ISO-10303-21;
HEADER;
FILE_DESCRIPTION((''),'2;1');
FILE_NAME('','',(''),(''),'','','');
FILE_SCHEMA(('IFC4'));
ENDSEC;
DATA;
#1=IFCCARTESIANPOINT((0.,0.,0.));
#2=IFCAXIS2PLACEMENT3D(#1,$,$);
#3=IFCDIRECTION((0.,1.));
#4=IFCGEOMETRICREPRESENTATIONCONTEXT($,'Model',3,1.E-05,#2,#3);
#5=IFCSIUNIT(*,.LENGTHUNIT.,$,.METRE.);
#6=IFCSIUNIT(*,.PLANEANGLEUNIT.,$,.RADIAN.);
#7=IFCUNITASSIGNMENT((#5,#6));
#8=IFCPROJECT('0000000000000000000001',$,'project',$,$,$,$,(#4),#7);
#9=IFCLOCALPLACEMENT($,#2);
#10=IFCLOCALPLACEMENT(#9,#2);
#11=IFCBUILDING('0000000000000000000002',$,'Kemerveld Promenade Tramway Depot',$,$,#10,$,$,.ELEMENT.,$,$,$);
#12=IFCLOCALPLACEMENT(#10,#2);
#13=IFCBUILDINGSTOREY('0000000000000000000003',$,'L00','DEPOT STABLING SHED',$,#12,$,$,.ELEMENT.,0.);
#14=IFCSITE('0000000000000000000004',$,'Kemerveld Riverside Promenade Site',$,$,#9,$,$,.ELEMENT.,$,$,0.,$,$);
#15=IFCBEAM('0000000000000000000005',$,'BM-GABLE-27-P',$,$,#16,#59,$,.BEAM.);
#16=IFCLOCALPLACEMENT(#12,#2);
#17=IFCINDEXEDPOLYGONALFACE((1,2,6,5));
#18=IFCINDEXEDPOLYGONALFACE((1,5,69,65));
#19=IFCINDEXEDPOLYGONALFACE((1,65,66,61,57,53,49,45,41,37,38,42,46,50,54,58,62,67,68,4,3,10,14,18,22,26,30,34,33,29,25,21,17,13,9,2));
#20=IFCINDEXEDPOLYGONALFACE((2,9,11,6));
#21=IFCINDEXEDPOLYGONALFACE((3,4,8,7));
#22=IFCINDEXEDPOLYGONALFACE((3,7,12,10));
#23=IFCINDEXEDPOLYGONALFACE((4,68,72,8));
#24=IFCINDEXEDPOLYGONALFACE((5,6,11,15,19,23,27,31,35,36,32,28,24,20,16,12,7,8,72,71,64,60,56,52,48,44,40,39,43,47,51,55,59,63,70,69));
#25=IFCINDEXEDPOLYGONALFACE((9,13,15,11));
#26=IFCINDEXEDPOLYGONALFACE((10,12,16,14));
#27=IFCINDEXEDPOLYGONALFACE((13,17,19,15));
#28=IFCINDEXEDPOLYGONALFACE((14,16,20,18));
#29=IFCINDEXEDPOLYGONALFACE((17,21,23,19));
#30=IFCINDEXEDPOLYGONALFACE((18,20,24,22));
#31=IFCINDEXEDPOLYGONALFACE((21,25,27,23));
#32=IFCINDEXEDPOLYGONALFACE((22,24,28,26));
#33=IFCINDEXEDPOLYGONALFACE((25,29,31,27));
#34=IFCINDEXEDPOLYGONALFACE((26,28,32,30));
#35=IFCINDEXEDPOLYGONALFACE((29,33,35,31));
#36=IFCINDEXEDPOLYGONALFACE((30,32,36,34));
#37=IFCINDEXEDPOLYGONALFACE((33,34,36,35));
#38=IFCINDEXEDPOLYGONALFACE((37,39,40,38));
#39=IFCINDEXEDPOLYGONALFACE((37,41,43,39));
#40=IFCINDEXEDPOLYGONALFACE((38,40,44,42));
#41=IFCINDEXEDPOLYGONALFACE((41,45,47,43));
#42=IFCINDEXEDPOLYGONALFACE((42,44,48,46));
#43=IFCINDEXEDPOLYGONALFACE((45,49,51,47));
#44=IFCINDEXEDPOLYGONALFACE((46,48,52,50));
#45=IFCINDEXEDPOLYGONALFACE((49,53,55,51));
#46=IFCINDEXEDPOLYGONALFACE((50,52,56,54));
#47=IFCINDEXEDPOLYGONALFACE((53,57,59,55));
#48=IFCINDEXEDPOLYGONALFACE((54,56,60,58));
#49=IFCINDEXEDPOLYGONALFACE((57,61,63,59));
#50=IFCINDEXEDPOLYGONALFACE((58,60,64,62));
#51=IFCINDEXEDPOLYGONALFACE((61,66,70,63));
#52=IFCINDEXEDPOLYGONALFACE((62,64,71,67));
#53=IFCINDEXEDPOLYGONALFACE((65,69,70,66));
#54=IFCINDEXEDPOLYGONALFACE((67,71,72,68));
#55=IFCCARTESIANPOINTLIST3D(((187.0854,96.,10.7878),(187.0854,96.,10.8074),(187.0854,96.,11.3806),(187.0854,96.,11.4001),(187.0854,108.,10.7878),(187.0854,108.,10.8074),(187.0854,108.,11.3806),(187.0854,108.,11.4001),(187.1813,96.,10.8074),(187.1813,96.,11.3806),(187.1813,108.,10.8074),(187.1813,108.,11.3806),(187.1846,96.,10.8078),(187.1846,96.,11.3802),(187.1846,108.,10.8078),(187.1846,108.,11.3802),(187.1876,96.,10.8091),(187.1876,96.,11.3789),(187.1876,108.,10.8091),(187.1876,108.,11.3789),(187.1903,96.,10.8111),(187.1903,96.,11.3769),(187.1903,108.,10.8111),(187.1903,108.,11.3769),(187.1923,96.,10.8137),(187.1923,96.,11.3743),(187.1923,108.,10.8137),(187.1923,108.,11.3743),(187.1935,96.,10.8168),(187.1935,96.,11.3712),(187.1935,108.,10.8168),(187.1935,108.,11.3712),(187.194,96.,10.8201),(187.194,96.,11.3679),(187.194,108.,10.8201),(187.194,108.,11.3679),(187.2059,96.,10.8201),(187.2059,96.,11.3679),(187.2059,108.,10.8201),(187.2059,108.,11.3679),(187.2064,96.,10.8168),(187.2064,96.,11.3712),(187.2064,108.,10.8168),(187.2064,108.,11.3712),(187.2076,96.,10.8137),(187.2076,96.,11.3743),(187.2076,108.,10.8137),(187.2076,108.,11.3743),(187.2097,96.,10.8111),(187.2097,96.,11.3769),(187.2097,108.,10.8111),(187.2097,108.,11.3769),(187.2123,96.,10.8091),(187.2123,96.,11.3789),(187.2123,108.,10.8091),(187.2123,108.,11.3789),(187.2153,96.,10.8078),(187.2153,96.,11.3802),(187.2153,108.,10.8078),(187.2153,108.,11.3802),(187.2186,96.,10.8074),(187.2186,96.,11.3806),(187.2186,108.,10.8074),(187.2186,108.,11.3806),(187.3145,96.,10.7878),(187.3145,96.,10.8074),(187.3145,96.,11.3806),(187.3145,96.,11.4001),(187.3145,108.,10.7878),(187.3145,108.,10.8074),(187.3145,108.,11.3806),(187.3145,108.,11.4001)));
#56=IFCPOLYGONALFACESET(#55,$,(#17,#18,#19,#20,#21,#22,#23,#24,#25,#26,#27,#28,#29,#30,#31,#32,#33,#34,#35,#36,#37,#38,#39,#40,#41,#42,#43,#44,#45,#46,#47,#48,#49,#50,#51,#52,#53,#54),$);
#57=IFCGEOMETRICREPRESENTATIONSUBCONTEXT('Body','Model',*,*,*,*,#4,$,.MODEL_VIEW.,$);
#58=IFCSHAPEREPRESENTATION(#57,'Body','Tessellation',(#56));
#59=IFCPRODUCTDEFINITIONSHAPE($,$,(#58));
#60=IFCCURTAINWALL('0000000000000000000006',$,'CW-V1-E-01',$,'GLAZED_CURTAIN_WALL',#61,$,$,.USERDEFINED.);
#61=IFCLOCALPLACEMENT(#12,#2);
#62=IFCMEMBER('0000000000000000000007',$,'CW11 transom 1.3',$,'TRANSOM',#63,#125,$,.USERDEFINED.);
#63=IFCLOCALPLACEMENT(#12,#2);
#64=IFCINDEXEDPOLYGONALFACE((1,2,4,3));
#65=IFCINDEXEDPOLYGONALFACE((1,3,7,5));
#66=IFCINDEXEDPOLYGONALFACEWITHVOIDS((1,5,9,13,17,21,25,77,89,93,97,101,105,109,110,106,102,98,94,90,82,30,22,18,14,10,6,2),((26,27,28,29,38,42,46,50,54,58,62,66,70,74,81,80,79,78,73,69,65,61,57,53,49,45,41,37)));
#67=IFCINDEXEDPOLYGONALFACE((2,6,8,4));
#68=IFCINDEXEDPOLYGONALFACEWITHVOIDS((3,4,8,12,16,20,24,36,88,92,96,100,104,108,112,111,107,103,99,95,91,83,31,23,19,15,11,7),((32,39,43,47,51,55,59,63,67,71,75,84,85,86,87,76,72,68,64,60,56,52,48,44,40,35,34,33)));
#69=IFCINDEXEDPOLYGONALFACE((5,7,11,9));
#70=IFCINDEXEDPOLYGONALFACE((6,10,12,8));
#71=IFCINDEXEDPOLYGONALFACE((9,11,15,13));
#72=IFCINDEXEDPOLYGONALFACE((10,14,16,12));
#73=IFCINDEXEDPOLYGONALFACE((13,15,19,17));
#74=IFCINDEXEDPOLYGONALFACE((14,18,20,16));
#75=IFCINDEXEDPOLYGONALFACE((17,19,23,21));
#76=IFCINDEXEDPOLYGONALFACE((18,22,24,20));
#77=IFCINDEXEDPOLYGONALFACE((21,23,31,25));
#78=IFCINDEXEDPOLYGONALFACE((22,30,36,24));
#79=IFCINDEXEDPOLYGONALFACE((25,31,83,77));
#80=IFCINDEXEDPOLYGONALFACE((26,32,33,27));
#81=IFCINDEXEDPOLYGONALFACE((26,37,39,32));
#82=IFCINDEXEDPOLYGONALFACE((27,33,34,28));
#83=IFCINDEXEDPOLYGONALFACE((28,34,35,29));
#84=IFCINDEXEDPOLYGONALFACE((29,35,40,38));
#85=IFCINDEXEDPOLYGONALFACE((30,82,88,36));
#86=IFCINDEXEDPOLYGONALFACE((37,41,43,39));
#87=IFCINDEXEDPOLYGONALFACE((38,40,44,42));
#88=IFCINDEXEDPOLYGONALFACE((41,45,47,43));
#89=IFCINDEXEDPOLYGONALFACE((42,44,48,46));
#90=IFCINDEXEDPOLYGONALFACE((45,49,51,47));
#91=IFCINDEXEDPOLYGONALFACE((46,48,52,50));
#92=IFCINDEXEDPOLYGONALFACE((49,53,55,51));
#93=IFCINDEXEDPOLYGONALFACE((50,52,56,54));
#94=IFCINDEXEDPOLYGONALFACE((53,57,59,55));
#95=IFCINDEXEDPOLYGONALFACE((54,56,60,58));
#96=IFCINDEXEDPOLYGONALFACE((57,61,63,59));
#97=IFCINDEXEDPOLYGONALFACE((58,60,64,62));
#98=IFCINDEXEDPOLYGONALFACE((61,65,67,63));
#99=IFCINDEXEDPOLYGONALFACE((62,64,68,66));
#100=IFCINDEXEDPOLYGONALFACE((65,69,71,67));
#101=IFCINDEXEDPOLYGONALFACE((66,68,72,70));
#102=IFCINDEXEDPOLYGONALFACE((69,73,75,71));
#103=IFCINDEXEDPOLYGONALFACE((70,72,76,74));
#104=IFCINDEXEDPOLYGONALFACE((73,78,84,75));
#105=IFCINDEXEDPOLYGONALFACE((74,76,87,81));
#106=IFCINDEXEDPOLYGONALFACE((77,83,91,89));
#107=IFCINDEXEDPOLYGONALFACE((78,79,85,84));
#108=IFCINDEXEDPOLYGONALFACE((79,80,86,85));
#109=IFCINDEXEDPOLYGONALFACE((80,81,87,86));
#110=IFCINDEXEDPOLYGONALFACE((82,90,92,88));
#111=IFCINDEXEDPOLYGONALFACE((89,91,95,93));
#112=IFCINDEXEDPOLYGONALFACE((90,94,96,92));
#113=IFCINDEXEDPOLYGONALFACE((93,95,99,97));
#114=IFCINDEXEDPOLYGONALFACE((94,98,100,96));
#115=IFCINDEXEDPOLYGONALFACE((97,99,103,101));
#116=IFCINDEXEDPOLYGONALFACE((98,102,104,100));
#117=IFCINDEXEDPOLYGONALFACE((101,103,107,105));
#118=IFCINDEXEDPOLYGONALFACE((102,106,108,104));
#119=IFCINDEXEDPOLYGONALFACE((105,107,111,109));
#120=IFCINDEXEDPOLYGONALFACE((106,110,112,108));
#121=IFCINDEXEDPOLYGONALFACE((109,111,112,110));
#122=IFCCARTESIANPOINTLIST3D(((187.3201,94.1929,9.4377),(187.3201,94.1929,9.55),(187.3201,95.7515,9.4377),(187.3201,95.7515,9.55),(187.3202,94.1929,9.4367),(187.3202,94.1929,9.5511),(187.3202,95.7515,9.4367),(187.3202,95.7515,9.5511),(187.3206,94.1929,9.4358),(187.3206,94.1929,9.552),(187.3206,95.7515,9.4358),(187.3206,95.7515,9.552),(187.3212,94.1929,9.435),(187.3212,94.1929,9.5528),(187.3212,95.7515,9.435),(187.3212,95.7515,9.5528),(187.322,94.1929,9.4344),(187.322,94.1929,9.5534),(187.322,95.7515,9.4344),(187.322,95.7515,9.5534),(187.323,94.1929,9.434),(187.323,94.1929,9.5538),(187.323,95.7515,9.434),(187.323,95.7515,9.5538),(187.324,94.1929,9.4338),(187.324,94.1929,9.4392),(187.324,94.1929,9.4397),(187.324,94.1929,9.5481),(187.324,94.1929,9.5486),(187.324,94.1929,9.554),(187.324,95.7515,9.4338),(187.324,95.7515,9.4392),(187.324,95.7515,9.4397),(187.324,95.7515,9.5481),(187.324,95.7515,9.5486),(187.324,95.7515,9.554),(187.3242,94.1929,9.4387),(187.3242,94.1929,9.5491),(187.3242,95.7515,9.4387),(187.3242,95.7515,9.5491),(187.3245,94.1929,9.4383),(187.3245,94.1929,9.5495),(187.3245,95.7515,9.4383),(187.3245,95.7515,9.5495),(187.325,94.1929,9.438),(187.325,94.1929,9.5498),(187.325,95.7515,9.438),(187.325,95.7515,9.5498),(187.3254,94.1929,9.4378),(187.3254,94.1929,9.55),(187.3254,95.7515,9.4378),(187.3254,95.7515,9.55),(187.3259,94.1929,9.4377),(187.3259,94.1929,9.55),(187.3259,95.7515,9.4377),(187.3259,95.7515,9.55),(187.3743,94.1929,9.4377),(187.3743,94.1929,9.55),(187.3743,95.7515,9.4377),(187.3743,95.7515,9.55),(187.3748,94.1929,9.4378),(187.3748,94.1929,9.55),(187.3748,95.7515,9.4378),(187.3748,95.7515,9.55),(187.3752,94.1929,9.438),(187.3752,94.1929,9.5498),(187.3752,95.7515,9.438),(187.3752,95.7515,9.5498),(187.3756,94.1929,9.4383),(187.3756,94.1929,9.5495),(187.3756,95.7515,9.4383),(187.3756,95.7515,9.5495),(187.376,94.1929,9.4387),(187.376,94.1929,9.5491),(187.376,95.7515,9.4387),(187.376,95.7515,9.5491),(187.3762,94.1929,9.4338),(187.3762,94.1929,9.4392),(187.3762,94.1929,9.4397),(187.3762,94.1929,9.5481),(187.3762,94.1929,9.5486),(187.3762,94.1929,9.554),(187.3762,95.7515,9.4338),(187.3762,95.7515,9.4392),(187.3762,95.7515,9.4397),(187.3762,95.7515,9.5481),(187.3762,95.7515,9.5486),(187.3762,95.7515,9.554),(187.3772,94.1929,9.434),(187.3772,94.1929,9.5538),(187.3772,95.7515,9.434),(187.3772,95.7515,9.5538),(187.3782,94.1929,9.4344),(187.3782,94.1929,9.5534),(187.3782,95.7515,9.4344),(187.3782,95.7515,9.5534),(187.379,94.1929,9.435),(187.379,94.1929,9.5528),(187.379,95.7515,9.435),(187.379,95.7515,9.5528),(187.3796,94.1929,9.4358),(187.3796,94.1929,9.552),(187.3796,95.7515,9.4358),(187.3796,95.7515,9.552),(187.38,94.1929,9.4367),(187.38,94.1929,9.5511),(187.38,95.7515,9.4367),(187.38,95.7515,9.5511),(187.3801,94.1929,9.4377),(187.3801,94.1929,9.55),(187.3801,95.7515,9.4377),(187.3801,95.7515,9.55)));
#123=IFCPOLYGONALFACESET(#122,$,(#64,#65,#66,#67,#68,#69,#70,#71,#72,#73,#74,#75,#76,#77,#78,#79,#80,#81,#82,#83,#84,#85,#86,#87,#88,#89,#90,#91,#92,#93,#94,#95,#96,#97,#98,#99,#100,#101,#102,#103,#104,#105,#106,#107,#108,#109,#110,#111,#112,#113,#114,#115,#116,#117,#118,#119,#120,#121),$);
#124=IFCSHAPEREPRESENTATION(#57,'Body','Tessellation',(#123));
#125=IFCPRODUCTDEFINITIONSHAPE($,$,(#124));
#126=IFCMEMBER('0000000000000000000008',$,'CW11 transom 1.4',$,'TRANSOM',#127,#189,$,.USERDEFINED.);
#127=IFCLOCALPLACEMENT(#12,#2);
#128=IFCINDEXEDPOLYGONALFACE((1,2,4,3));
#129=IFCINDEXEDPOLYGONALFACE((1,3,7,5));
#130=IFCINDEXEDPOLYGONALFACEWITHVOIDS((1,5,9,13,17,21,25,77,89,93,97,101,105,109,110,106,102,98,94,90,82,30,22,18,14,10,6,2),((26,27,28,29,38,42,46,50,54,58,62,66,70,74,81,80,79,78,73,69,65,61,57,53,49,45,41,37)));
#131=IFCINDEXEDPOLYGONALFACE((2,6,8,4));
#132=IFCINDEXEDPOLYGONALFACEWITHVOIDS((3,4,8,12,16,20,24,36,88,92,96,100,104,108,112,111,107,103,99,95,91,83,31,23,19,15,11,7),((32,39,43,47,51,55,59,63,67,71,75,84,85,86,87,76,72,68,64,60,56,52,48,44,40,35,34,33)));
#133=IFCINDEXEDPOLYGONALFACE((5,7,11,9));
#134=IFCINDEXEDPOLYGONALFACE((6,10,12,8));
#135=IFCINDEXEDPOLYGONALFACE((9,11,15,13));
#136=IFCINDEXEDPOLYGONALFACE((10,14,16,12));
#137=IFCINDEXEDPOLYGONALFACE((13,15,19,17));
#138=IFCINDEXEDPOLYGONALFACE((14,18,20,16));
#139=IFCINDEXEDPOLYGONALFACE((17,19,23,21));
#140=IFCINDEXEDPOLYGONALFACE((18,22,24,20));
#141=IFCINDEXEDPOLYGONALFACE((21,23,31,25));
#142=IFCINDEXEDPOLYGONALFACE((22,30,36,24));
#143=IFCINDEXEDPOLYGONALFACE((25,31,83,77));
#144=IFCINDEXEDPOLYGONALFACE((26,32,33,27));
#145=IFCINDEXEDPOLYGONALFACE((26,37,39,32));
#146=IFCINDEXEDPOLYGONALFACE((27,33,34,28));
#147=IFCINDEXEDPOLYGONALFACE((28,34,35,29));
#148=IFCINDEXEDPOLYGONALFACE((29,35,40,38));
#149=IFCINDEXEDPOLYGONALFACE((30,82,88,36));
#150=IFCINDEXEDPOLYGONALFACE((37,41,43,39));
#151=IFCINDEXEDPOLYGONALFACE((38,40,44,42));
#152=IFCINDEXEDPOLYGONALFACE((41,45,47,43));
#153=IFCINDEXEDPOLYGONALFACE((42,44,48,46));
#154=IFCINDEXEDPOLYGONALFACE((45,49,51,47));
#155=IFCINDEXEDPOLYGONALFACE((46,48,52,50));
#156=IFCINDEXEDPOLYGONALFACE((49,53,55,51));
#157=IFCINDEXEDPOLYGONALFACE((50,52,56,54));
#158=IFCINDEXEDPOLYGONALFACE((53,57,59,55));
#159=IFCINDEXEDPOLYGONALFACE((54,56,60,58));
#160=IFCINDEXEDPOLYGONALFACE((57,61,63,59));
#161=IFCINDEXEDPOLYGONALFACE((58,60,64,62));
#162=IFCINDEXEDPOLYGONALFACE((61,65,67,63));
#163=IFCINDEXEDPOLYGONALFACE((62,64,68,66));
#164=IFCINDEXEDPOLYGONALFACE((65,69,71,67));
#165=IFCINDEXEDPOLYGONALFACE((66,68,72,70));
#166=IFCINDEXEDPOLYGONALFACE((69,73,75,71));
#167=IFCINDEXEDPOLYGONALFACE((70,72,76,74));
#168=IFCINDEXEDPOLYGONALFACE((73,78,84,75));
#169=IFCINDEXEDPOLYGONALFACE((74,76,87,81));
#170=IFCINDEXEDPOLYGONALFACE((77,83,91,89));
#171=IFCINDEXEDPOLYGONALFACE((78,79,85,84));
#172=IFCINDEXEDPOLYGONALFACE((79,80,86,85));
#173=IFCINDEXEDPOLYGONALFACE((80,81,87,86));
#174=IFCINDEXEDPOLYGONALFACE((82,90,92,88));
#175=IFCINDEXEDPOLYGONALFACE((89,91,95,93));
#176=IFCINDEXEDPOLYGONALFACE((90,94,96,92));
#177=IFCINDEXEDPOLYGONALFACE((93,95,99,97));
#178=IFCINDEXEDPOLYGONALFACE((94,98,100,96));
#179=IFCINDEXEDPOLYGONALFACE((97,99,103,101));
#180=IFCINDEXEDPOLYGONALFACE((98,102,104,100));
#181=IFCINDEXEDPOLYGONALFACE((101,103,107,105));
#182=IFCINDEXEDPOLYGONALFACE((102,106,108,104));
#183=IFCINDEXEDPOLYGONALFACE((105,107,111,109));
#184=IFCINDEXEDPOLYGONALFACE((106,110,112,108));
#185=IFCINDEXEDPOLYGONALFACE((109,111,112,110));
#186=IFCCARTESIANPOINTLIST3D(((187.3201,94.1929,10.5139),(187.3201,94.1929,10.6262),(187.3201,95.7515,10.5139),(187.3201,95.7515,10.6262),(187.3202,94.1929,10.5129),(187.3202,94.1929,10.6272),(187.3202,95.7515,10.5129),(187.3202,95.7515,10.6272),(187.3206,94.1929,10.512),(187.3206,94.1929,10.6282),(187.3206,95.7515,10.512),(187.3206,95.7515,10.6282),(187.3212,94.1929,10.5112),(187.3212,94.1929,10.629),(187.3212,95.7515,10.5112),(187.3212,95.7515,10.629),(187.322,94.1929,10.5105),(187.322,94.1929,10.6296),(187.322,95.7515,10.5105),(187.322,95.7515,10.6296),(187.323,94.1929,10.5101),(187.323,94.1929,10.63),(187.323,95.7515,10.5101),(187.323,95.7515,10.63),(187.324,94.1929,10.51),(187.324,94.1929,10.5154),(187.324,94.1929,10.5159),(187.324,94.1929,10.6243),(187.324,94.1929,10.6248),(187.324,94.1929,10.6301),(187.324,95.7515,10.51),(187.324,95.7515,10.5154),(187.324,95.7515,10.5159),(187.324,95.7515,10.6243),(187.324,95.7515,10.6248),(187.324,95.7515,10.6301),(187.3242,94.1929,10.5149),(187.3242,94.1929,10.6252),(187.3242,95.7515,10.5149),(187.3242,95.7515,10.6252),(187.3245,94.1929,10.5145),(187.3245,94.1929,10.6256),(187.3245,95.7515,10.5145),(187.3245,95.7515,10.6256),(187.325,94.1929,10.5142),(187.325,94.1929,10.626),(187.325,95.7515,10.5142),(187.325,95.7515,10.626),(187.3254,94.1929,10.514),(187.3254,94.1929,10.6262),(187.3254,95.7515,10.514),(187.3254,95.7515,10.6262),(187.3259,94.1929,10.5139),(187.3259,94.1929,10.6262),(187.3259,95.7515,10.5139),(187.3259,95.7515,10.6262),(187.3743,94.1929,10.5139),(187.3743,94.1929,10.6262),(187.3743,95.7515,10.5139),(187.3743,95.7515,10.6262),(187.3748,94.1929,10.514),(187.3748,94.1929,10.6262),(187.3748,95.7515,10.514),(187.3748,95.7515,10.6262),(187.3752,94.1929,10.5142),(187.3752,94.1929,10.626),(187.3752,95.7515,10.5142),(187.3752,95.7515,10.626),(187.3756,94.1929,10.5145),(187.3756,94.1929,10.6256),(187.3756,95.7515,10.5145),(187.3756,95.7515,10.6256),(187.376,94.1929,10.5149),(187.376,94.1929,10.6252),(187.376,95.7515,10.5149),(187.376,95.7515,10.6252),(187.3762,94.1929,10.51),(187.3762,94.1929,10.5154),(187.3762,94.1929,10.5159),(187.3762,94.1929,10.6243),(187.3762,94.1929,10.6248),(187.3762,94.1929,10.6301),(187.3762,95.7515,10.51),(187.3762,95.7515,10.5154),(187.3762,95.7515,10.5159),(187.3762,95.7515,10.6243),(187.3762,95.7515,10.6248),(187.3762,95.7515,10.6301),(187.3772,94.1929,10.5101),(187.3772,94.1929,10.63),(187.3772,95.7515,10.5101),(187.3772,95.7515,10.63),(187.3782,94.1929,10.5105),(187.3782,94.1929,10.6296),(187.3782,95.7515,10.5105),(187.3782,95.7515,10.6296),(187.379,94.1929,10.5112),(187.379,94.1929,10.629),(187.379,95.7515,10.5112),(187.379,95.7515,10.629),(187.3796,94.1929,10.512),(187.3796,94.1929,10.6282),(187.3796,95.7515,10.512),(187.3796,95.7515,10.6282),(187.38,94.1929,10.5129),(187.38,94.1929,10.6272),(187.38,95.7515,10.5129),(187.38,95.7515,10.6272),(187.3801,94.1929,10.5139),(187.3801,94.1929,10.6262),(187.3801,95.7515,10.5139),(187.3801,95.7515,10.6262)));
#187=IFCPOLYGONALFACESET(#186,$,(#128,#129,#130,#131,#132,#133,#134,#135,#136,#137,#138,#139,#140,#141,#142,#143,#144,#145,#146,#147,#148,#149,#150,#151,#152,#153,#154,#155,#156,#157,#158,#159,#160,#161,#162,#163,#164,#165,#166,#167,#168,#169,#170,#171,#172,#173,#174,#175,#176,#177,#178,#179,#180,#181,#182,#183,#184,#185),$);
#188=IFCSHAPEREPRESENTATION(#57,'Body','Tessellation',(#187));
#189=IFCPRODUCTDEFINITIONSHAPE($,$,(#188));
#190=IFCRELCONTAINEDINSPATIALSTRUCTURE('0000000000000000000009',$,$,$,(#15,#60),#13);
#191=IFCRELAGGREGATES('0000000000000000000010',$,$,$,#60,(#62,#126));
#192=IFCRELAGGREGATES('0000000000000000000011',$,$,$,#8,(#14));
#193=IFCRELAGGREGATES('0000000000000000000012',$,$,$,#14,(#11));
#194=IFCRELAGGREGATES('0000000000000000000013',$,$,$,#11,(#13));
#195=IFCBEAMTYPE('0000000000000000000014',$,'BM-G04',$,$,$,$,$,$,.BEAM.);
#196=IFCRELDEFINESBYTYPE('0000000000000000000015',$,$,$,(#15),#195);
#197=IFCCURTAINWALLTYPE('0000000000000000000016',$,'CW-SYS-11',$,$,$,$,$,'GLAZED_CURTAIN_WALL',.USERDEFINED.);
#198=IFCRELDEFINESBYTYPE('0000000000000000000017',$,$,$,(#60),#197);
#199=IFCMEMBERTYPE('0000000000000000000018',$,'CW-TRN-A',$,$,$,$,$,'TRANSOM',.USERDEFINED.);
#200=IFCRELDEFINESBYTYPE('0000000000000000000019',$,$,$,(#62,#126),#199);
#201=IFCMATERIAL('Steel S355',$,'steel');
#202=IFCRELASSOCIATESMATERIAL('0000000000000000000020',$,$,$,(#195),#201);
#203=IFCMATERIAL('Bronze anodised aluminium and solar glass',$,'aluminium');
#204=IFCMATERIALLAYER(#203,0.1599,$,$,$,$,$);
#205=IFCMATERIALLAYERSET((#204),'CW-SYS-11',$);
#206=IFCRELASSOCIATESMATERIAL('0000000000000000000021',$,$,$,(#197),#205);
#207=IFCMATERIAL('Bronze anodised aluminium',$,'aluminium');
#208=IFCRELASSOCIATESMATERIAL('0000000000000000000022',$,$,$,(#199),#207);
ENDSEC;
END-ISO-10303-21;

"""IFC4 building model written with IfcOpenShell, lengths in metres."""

from ifc_helpers import new_model, si_unit, direction, frame, origin, origin_2d, place, context, subcontext, project, spatial, hollow_rectangle, i_section, extrude, material, layer, layer_set, material_profile, profile_set, type_object, element, aggregate, save


model = new_model("IFC4")

# Units and contexts
model_context = context("Model", 3, precision=1e-05, world=origin(), true_north=direction((0.0, 1.0)))
body_context = subcontext(model_context, "Body", "Model", "MODEL_VIEW")
ifc_project = project(units=[si_unit("LENGTHUNIT", "METRE"), si_unit("PLANEANGLEUNIT", "RADIAN")], contexts=[model_context])

# Site, building, storey
site_placement = place(None, origin())
site = spatial("IfcSite", under=ifc_project, at=site_placement, Name="Kemerveld Riverside Promenade Site", CompositionType="ELEMENT", RefElevation=0.0)
building_placement = place(site_placement, origin())
building = spatial("IfcBuilding", under=site, at=building_placement, Name="Kemerveld Promenade Tramway Depot", CompositionType="ELEMENT")
storey_placement = place(building_placement, origin())
storey = spatial("IfcBuildingStorey", under=building, at=storey_placement, Name="L00", Description="DEPOT STABLING SHED", CompositionType="ELEMENT", Elevation=0.0)

# Beam
ifc_material_1 = material(Name="Steel S355", Category="steel")
ifc_material_profile_1 = material_profile(ifc_material_1, i_section(OverallWidth=0.229, OverallDepth=0.6123, WebThickness=0.012, FlangeThickness=0.0195, FilletRadius=0.0127, at=origin_2d()), Name="610x229x125 UB")
ifc_profile_set_1 = profile_set([ifc_material_profile_1], Name="Steel S355")
beam_type = type_object("IfcBeamType", Name="BM-G04", PredefinedType="BEAM", material=ifc_profile_set_1)
beam_placement = place(storey_placement, frame((187.2, 96.0, 11.094), z_axis=(0.0, 1.0, 0.0), x_axis=(-1.0, 0.0, 0.0)))
element("IfcBeam", 1, at=beam_placement, inside=storey, type_object=beam_type, Name="BM-GABLE-27-P", PredefinedType="BEAM", context=body_context, shape_type="SweptSolid", body=[
    extrude(i_section(OverallWidth=0.229, OverallDepth=0.6123, WebThickness=0.012, FlangeThickness=0.0195, FilletRadius=0.0127, at=origin_2d()), origin(), (0.0, 0.0, 1.0), 12.0),
])

# Curtain wall, members
ifc_material_2 = material(Name="Bronze anodised aluminium and solar glass", Category="aluminium")
ifc_layer_1 = layer(ifc_material_2, 0.1599)
ifc_layer_set_1 = layer_set([ifc_layer_1], Name="CW-SYS-11")
curtain_wall_type = type_object("IfcCurtainWallType", Name="CW-SYS-11", ElementType="GLAZED_CURTAIN_WALL", PredefinedType="USERDEFINED", material=ifc_layer_set_1)
curtain_wall_placement = place(storey_placement, origin())
curtain_wall = element("IfcCurtainWall", 2, at=curtain_wall_placement, inside=storey, type_object=curtain_wall_type, Name="CW-V1-E-01", ObjectType="GLAZED_CURTAIN_WALL", PredefinedType="USERDEFINED")
ifc_material_3 = material(Name="Bronze anodised aluminium", Category="aluminium")
ifc_material_profile_2 = material_profile(ifc_material_3, hollow_rectangle(XDim=0.0601, YDim=0.1201, WallThickness=0.0039, InnerFilletRadius=0.002, OuterFilletRadius=0.0039, at=origin_2d()), Name="CW-TRN-120x60")
ifc_profile_set_2 = profile_set([ifc_material_profile_2], Name="Bronze anodised aluminium")
member_type_1 = type_object("IfcMemberType", Name="CW-TRN-A", ElementType="TRANSOM", PredefinedType="USERDEFINED", material=ifc_profile_set_2)
member_1_placement = place(storey_placement, frame((187.3501, 95.7515, 9.4939), z_axis=(0.0, -1.0, 0.0), x_axis=(1.0, 0.0, 0.0)))
member_1 = element("IfcMember", 3, at=member_1_placement, type_object=member_type_1, Name="CW11 transom 1.3", ObjectType="TRANSOM", PredefinedType="USERDEFINED", context=body_context, shape_type="SweptSolid", body=[
    extrude(hollow_rectangle(XDim=0.0601, YDim=0.1201, WallThickness=0.0039, InnerFilletRadius=0.002, OuterFilletRadius=0.0039, at=origin_2d()), origin(), (0.0, 0.0, 1.0), 1.5586),
])
member_2_placement = place(storey_placement, frame((187.3501, 95.7515, 10.5701), z_axis=(0.0, -1.0, 0.0), x_axis=(1.0, 0.0, 0.0)))
member_2 = element("IfcMember", 4, at=member_2_placement, type_object=member_type_1, Name="CW11 transom 1.4", ObjectType="TRANSOM", PredefinedType="USERDEFINED", context=body_context, shape_type="SweptSolid", body=[
    extrude(hollow_rectangle(XDim=0.0601, YDim=0.1201, WallThickness=0.0039, InnerFilletRadius=0.002, OuterFilletRadius=0.0039, at=origin_2d()), origin(), (0.0, 0.0, 1.0), 1.5586),
])

aggregate(curtain_wall, [member_1, member_2])

save(model, "model.ifc")
